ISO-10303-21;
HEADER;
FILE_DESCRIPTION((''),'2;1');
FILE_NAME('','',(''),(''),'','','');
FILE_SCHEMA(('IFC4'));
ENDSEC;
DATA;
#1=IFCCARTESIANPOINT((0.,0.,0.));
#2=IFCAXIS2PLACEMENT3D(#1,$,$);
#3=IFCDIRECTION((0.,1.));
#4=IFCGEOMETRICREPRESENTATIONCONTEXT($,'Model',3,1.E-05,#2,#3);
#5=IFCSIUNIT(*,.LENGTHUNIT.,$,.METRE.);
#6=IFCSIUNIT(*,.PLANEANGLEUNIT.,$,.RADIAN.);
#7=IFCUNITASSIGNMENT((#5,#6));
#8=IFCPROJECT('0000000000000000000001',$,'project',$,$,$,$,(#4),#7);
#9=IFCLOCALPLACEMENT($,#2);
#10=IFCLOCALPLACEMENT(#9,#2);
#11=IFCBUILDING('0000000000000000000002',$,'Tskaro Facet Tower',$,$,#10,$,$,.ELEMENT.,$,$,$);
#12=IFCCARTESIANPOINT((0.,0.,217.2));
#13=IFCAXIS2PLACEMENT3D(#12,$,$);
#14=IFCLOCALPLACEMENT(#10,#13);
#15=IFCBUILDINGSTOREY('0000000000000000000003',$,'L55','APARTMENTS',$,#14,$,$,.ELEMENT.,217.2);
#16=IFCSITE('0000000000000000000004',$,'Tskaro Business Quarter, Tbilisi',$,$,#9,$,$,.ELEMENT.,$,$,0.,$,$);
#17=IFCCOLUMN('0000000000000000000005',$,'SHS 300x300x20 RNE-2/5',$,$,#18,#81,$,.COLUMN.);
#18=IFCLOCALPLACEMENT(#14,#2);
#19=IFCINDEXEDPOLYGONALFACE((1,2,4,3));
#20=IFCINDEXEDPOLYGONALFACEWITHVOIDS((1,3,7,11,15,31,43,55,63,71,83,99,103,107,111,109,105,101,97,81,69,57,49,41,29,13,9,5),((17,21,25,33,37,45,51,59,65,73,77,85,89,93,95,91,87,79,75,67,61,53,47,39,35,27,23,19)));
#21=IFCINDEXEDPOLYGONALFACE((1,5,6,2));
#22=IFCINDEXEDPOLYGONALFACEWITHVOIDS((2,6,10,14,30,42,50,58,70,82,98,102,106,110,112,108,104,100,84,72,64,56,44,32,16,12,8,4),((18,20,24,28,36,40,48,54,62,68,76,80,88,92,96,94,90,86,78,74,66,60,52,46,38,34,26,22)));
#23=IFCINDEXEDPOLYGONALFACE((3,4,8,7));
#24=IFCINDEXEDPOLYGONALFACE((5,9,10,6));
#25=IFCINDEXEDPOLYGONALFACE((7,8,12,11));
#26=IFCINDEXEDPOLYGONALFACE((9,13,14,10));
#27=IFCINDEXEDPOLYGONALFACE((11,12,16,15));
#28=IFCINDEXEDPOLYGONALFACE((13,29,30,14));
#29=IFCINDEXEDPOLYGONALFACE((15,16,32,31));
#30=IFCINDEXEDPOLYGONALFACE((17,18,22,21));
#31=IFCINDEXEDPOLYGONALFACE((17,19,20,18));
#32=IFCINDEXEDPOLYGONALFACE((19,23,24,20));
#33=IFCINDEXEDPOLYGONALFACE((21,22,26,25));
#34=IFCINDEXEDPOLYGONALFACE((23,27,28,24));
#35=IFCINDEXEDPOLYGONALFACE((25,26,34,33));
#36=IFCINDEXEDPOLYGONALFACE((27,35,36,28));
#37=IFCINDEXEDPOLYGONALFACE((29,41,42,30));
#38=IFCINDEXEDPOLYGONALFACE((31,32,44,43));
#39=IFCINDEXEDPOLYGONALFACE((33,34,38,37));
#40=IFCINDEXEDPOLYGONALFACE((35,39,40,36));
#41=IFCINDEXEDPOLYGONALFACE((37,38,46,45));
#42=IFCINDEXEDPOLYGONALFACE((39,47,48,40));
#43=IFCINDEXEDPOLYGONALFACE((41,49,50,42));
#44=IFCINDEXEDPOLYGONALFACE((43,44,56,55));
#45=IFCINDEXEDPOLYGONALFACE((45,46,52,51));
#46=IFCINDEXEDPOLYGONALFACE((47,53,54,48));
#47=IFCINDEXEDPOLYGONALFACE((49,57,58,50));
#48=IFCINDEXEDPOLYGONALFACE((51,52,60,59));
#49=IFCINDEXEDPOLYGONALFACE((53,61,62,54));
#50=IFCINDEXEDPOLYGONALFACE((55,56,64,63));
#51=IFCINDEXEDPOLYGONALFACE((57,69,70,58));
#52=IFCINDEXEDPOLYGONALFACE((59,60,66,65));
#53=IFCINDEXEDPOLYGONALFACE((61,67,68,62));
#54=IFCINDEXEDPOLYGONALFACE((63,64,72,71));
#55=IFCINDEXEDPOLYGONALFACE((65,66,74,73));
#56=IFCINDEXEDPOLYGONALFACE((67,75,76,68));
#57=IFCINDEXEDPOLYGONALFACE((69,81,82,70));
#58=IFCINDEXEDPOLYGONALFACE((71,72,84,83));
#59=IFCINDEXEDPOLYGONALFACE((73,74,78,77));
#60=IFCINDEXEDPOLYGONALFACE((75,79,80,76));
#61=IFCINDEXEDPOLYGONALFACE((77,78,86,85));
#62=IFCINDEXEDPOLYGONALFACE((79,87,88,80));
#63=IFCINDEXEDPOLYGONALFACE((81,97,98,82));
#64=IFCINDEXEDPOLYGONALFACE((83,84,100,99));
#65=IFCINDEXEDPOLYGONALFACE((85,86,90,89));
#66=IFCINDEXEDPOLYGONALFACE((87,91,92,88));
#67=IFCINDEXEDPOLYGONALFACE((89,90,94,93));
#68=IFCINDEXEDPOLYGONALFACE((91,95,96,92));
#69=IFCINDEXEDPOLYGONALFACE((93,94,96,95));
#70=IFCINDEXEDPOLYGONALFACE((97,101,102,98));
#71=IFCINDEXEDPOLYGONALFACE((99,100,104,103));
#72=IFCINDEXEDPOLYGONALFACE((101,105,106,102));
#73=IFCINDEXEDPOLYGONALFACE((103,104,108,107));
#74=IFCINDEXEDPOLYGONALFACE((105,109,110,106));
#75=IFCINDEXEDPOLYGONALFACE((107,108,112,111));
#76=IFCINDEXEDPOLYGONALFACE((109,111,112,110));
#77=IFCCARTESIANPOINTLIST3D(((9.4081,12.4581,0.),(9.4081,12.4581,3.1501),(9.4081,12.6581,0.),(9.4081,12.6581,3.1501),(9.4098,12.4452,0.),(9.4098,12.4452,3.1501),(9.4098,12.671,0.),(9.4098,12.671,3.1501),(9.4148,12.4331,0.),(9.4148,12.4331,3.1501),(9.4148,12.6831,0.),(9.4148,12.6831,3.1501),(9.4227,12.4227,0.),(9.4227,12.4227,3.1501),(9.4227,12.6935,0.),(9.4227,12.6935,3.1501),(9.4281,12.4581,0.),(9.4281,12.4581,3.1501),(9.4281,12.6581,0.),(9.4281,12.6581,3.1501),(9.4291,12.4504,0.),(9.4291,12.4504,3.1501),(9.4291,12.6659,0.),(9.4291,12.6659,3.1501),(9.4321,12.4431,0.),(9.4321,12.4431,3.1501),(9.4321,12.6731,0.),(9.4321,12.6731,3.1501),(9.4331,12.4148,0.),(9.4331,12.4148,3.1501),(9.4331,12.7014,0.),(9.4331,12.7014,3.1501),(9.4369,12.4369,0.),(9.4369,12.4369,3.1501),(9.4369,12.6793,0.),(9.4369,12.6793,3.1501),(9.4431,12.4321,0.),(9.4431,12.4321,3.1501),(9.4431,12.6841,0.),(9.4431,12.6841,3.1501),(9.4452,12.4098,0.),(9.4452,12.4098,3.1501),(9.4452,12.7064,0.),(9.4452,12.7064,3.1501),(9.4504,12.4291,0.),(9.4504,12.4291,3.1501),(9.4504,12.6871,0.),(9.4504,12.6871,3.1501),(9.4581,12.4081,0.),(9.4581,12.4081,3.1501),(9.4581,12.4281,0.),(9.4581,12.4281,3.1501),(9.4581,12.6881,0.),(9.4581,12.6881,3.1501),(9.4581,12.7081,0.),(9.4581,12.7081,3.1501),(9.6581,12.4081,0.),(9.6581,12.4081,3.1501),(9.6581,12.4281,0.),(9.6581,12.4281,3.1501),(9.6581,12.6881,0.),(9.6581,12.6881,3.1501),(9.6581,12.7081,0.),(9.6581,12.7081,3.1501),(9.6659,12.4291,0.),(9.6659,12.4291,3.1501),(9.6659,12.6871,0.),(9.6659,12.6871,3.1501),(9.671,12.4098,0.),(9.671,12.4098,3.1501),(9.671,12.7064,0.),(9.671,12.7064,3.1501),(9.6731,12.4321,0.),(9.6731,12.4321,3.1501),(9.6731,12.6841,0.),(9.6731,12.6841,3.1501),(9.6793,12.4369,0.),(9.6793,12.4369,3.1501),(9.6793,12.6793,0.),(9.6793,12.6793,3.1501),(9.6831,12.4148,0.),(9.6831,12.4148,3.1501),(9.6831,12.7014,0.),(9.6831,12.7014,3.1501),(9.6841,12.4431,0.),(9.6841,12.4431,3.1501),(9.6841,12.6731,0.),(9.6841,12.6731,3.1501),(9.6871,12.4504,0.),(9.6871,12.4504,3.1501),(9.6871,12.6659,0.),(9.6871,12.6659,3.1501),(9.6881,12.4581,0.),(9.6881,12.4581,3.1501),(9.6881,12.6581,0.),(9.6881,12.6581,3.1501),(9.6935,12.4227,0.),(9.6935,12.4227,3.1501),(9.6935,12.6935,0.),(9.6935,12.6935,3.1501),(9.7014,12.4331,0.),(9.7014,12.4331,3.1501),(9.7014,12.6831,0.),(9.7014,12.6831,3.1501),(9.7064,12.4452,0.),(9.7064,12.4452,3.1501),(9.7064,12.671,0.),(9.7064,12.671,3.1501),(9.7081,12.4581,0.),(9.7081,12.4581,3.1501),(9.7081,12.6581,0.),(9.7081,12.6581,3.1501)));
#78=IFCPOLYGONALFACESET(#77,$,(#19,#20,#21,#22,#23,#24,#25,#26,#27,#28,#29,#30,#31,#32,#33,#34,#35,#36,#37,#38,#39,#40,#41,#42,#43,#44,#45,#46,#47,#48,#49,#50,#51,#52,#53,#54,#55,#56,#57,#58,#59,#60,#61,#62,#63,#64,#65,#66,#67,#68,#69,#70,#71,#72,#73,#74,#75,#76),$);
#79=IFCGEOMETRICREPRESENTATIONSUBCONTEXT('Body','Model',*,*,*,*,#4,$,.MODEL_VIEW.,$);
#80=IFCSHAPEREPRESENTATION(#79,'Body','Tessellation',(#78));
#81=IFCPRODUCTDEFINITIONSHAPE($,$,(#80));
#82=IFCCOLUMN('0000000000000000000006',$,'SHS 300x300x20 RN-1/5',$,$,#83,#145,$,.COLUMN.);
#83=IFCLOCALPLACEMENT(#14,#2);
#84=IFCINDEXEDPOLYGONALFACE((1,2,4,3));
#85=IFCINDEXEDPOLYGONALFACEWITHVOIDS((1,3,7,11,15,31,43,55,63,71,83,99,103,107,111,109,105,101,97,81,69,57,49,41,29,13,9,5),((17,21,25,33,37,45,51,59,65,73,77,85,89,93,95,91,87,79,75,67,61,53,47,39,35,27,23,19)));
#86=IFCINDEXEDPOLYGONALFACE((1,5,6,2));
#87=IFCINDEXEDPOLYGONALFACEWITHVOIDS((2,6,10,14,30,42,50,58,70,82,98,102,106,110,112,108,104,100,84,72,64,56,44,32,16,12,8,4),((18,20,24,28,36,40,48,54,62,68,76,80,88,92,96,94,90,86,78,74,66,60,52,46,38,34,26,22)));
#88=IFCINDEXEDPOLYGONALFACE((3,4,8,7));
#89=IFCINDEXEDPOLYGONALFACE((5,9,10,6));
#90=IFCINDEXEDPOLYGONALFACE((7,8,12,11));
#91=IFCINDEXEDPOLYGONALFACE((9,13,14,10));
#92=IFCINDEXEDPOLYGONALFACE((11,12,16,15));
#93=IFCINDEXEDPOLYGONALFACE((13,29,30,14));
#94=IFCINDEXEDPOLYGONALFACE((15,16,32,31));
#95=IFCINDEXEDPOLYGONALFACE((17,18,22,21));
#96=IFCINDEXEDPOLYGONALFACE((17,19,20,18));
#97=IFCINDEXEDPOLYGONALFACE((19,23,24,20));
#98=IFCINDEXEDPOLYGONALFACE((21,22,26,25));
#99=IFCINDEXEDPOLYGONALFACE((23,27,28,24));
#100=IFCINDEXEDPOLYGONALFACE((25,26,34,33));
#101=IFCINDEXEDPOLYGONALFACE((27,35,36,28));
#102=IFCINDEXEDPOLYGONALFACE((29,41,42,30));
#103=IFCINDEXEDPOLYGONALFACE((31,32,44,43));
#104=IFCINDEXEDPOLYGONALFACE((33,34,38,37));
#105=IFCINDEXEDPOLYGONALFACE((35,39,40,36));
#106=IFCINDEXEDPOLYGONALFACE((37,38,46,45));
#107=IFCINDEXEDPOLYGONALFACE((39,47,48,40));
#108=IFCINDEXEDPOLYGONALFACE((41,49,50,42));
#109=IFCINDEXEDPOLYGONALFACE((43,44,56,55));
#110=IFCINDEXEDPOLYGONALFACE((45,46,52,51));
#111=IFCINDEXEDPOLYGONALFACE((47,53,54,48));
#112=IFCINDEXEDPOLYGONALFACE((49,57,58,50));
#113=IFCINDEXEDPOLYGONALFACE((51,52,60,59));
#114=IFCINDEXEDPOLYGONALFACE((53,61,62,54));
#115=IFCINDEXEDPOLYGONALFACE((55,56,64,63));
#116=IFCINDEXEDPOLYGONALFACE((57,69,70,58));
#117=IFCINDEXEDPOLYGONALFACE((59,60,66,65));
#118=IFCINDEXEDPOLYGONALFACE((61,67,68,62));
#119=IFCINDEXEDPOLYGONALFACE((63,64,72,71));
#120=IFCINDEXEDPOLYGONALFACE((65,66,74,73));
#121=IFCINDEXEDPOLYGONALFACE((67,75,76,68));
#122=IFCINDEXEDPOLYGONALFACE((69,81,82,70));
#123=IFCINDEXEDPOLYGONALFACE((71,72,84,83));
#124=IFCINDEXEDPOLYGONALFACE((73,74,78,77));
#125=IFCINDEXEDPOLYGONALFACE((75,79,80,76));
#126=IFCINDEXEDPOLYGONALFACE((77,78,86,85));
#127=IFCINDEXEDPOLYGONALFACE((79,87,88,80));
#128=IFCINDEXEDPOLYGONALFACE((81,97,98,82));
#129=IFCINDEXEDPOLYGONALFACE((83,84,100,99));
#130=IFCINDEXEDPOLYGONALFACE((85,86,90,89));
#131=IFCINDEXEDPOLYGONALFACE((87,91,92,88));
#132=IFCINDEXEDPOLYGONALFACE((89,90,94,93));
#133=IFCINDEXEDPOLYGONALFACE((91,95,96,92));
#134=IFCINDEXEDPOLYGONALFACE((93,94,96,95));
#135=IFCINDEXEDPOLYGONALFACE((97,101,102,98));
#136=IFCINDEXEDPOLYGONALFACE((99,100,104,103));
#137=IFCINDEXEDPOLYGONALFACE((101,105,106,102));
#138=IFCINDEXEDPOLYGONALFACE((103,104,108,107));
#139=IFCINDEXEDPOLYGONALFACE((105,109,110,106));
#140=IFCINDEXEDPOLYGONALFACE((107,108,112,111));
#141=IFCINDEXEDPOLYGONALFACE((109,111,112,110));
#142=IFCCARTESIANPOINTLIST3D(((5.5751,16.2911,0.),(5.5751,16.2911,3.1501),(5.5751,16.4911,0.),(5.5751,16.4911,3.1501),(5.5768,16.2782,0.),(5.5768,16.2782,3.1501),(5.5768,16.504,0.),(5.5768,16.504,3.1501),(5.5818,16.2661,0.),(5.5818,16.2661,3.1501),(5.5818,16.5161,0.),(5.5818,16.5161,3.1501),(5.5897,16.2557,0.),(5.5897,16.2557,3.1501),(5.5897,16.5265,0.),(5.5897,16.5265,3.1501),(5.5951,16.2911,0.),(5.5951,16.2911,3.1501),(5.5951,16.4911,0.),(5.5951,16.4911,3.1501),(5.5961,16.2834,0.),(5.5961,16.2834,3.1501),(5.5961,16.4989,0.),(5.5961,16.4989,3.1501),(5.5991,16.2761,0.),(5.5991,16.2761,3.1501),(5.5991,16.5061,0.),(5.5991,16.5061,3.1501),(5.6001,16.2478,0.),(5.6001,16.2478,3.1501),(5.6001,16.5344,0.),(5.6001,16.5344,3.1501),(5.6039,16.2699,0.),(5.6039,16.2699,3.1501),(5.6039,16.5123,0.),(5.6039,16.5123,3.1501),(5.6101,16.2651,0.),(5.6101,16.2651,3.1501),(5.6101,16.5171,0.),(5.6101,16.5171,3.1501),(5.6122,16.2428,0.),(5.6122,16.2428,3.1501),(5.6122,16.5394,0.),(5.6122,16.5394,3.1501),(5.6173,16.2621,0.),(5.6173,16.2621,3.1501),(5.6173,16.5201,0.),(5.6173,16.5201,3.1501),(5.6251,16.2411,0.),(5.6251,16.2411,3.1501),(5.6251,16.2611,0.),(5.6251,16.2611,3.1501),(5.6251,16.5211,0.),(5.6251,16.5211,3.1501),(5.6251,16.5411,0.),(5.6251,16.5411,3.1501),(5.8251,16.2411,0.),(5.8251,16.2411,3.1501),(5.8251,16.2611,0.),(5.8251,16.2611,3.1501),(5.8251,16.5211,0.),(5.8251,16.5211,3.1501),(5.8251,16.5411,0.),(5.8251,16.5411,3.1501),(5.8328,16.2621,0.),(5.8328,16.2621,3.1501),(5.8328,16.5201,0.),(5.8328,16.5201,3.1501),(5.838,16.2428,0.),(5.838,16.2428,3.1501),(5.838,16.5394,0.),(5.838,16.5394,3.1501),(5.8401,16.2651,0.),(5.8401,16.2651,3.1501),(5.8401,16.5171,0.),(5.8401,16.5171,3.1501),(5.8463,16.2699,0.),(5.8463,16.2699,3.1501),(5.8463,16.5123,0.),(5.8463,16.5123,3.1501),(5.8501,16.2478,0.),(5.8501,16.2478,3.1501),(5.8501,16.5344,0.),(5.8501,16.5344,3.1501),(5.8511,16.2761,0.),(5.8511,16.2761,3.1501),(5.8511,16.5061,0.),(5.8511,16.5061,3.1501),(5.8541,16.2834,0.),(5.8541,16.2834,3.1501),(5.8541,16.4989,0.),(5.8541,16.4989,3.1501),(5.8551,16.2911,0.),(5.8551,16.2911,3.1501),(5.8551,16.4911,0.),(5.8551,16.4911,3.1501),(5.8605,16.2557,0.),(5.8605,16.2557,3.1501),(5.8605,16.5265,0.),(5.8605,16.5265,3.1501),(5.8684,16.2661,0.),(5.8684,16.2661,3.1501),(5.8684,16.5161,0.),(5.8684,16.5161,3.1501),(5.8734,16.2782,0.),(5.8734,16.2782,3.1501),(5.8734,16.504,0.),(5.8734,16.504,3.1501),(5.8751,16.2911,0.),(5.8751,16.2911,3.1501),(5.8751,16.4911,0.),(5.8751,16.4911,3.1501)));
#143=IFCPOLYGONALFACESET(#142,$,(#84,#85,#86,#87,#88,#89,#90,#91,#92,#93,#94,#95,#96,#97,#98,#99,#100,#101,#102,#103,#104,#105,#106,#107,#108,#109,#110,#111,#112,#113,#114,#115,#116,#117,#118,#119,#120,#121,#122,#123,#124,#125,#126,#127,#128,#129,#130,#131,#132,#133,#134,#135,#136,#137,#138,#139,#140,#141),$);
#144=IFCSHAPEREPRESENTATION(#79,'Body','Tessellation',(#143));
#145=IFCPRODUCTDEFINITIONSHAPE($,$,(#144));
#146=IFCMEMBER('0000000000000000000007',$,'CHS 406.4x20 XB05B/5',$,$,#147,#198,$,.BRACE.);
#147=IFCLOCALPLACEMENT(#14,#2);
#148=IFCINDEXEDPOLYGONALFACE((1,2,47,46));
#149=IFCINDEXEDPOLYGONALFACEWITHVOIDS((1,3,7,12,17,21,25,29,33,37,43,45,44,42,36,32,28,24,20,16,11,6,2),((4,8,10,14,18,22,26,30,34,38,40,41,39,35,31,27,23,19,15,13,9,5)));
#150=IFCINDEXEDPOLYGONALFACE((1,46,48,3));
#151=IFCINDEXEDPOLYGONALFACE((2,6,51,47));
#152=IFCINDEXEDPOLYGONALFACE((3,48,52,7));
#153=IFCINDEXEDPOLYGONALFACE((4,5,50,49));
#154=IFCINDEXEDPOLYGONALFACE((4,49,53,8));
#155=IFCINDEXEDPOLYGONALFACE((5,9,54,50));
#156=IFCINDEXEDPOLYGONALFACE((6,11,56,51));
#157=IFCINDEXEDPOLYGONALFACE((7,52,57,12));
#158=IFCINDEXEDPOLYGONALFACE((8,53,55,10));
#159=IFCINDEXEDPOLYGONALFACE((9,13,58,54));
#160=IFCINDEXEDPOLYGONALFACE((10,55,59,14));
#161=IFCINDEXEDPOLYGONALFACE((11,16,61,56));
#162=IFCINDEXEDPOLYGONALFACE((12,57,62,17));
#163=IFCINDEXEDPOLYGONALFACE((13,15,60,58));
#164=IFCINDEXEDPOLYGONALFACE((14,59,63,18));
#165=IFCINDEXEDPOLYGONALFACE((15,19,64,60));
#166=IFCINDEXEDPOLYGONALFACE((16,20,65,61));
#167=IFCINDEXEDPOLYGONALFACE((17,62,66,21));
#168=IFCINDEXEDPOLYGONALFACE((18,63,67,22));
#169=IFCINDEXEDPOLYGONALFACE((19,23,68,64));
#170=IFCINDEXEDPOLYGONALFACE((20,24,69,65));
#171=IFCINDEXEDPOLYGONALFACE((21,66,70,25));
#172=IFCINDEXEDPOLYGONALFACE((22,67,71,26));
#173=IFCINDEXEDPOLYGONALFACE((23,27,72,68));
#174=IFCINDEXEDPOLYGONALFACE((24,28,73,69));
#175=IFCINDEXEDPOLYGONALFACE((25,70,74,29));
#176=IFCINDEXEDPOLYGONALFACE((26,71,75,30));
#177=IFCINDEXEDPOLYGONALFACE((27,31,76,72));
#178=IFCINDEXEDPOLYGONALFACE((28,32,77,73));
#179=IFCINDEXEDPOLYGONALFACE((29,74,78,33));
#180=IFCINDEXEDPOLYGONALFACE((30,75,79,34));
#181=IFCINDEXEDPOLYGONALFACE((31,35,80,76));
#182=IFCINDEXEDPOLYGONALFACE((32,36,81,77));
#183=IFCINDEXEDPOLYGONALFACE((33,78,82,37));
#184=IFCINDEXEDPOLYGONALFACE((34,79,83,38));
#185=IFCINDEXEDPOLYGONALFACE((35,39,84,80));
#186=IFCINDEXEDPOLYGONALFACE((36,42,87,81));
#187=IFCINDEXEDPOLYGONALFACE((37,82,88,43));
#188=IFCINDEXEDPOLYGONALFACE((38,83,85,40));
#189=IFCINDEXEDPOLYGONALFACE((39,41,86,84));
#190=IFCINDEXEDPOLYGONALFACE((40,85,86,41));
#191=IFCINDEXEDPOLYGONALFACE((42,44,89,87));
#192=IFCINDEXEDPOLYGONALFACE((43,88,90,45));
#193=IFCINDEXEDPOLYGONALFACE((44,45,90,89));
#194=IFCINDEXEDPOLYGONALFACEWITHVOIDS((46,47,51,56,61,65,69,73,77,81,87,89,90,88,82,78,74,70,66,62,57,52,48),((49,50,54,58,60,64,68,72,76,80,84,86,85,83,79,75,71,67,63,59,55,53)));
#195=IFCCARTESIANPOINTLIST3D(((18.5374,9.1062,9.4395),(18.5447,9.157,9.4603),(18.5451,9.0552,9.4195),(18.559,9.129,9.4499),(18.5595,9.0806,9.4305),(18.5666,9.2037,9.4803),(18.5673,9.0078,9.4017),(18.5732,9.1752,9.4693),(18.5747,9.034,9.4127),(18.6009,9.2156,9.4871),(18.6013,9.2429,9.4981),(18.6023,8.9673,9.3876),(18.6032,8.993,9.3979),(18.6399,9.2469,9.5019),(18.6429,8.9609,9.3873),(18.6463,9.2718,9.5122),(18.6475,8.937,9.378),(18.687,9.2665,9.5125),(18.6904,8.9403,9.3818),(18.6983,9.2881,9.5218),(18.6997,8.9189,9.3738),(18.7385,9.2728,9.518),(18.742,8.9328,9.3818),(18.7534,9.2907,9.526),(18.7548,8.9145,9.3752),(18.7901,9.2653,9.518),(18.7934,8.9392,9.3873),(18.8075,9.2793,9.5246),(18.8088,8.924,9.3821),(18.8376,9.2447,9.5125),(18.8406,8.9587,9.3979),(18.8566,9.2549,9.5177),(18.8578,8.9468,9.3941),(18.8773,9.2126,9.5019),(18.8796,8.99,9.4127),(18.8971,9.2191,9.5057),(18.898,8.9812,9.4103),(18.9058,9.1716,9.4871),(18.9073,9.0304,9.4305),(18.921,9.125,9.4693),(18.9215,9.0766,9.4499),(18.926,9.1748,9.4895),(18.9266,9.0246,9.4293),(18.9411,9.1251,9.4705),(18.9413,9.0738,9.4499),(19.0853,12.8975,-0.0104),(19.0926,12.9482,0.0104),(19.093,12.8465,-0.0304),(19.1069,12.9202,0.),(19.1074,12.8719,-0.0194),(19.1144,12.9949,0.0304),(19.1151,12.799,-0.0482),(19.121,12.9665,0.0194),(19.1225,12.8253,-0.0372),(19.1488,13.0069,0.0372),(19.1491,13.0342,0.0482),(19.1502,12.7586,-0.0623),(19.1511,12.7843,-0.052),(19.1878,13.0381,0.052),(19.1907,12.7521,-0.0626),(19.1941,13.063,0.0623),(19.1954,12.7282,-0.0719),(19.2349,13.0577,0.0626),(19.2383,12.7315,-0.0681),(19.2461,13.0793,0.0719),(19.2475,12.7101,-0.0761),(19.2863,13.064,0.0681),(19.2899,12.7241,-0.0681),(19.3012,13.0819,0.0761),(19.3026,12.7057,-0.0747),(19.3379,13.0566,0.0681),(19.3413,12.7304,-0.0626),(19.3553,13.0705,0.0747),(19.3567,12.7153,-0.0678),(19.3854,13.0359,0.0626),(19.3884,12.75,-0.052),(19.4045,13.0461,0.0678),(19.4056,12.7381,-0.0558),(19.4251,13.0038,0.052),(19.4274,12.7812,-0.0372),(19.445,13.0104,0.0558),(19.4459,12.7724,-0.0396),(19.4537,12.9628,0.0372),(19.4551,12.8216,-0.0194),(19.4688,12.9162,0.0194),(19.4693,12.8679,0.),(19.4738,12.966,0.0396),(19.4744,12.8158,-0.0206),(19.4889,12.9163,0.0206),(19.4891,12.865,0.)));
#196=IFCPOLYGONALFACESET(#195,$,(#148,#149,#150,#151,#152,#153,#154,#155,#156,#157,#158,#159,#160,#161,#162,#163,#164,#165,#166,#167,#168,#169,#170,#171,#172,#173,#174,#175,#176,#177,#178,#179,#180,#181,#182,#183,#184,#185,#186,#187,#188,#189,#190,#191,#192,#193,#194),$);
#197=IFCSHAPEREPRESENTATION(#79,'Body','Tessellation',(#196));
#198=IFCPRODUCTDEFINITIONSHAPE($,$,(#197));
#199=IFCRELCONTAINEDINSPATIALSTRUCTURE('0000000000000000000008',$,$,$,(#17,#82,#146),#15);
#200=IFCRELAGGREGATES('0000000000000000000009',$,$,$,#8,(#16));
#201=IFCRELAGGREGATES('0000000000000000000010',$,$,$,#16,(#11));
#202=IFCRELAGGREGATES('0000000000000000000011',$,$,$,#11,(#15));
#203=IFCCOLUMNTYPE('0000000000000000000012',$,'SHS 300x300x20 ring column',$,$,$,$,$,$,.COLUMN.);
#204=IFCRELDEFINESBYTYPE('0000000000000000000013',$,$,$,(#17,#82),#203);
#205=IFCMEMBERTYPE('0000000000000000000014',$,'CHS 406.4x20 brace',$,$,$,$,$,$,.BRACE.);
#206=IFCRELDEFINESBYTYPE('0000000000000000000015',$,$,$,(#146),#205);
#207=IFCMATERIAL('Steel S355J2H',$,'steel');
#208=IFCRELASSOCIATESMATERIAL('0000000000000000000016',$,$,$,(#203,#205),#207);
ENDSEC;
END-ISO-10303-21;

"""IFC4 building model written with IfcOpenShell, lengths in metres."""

from ifc_helpers import new_model, si_unit, direction, frame, origin, origin_2d, place, context, subcontext, project, spatial, hollow_rectangle, hollow_circle, extrude, material, material_profile, profile_set, type_object, element, save


model = new_model("IFC4")

# Units and contexts
model_context = context("Model", 3, precision=1e-05, world=origin(), true_north=direction((0.0, 1.0)))
body_context = subcontext(model_context, "Body", "Model", "MODEL_VIEW")
ifc_project = project(units=[si_unit("LENGTHUNIT", "METRE"), si_unit("PLANEANGLEUNIT", "RADIAN")], contexts=[model_context])

# Site, building, storey
site_placement = place(None, origin())
site = spatial("IfcSite", under=ifc_project, at=site_placement, Name="Tskaro Business Quarter, Tbilisi", CompositionType="ELEMENT", RefElevation=0.0)
building_placement = place(site_placement, origin())
building = spatial("IfcBuilding", under=site, at=building_placement, Name="Tskaro Facet Tower", CompositionType="ELEMENT")
storey_placement = place(building_placement, frame((0.0, 0.0, 217.2)))
storey = spatial("IfcBuildingStorey", under=building, at=storey_placement, Name="L55", Description="APARTMENTS", CompositionType="ELEMENT", Elevation=217.2)

# Columns
ifc_material_1 = material(Name="Steel S355J2H", Category="steel")
ifc_material_profile_1 = material_profile(ifc_material_1, hollow_rectangle(XDim=0.3, YDim=0.3, WallThickness=0.02, InnerFilletRadius=0.03, OuterFilletRadius=0.05, at=origin_2d()), Name="SHS 300x300x20")
ifc_profile_set_1 = profile_set([ifc_material_profile_1], Name="Steel S355J2H")
column_type_1 = type_object("IfcColumnType", Name="SHS 300x300x20 ring column", PredefinedType="COLUMN", material=ifc_profile_set_1)
for number, where, z_axis, x_axis, name in (
    (1, (9.5581, 12.5581, 0.0), (0.0, 0.0, 1.0), (1.0, 0.0, 0.0), "SHS 300x300x20 RNE-2/5"),
    (2, (5.7251, 16.3911, 0.0), (0.0, 0.0, 1.0), (1.0, 0.0, 0.0), "SHS 300x300x20 RN-1/5"),
):
    element("IfcColumn", number, at=place(storey_placement, frame(where, z_axis=z_axis, x_axis=x_axis)), inside=storey, type_object=column_type_1, Name=name, PredefinedType="COLUMN", context=body_context, shape_type="SweptSolid", body=[
        extrude(hollow_rectangle(XDim=0.3, YDim=0.3, WallThickness=0.02, InnerFilletRadius=0.03, OuterFilletRadius=0.05, at=origin_2d()), origin(), (0.0, 0.0, 1.0), 3.1501),
    ])

# Member
ifc_material_profile_2 = material_profile(ifc_material_1, hollow_circle(Radius=0.2031, WallThickness=0.02, at=origin_2d()), Name="CHS 406.4x20")
ifc_profile_set_2 = profile_set([ifc_material_profile_2], Name="Steel S355J2H")
member_type_1 = type_object("IfcMemberType", Name="CHS 406.4x20 brace", PredefinedType="BRACE", material=ifc_profile_set_2)
member_1_placement = place(storey_placement, frame((19.2881, 12.894, 0.0), z_axis=(-0.053728, -0.371808, 0.926754), x_axis=(0.98972, -0.143018, 0.0)))
element("IfcMember", 3, at=member_1_placement, inside=storey, type_object=member_type_1, Name="CHS 406.4x20 XB05B/5", PredefinedType="BRACE", context=body_context, shape_type="SweptSolid", body=[
    extrude(hollow_circle(Radius=0.2031, WallThickness=0.02, at=origin_2d()), origin(), (0.0, 0.0, 1.0), 10.1968),
])

save(model, "model.ifc")
